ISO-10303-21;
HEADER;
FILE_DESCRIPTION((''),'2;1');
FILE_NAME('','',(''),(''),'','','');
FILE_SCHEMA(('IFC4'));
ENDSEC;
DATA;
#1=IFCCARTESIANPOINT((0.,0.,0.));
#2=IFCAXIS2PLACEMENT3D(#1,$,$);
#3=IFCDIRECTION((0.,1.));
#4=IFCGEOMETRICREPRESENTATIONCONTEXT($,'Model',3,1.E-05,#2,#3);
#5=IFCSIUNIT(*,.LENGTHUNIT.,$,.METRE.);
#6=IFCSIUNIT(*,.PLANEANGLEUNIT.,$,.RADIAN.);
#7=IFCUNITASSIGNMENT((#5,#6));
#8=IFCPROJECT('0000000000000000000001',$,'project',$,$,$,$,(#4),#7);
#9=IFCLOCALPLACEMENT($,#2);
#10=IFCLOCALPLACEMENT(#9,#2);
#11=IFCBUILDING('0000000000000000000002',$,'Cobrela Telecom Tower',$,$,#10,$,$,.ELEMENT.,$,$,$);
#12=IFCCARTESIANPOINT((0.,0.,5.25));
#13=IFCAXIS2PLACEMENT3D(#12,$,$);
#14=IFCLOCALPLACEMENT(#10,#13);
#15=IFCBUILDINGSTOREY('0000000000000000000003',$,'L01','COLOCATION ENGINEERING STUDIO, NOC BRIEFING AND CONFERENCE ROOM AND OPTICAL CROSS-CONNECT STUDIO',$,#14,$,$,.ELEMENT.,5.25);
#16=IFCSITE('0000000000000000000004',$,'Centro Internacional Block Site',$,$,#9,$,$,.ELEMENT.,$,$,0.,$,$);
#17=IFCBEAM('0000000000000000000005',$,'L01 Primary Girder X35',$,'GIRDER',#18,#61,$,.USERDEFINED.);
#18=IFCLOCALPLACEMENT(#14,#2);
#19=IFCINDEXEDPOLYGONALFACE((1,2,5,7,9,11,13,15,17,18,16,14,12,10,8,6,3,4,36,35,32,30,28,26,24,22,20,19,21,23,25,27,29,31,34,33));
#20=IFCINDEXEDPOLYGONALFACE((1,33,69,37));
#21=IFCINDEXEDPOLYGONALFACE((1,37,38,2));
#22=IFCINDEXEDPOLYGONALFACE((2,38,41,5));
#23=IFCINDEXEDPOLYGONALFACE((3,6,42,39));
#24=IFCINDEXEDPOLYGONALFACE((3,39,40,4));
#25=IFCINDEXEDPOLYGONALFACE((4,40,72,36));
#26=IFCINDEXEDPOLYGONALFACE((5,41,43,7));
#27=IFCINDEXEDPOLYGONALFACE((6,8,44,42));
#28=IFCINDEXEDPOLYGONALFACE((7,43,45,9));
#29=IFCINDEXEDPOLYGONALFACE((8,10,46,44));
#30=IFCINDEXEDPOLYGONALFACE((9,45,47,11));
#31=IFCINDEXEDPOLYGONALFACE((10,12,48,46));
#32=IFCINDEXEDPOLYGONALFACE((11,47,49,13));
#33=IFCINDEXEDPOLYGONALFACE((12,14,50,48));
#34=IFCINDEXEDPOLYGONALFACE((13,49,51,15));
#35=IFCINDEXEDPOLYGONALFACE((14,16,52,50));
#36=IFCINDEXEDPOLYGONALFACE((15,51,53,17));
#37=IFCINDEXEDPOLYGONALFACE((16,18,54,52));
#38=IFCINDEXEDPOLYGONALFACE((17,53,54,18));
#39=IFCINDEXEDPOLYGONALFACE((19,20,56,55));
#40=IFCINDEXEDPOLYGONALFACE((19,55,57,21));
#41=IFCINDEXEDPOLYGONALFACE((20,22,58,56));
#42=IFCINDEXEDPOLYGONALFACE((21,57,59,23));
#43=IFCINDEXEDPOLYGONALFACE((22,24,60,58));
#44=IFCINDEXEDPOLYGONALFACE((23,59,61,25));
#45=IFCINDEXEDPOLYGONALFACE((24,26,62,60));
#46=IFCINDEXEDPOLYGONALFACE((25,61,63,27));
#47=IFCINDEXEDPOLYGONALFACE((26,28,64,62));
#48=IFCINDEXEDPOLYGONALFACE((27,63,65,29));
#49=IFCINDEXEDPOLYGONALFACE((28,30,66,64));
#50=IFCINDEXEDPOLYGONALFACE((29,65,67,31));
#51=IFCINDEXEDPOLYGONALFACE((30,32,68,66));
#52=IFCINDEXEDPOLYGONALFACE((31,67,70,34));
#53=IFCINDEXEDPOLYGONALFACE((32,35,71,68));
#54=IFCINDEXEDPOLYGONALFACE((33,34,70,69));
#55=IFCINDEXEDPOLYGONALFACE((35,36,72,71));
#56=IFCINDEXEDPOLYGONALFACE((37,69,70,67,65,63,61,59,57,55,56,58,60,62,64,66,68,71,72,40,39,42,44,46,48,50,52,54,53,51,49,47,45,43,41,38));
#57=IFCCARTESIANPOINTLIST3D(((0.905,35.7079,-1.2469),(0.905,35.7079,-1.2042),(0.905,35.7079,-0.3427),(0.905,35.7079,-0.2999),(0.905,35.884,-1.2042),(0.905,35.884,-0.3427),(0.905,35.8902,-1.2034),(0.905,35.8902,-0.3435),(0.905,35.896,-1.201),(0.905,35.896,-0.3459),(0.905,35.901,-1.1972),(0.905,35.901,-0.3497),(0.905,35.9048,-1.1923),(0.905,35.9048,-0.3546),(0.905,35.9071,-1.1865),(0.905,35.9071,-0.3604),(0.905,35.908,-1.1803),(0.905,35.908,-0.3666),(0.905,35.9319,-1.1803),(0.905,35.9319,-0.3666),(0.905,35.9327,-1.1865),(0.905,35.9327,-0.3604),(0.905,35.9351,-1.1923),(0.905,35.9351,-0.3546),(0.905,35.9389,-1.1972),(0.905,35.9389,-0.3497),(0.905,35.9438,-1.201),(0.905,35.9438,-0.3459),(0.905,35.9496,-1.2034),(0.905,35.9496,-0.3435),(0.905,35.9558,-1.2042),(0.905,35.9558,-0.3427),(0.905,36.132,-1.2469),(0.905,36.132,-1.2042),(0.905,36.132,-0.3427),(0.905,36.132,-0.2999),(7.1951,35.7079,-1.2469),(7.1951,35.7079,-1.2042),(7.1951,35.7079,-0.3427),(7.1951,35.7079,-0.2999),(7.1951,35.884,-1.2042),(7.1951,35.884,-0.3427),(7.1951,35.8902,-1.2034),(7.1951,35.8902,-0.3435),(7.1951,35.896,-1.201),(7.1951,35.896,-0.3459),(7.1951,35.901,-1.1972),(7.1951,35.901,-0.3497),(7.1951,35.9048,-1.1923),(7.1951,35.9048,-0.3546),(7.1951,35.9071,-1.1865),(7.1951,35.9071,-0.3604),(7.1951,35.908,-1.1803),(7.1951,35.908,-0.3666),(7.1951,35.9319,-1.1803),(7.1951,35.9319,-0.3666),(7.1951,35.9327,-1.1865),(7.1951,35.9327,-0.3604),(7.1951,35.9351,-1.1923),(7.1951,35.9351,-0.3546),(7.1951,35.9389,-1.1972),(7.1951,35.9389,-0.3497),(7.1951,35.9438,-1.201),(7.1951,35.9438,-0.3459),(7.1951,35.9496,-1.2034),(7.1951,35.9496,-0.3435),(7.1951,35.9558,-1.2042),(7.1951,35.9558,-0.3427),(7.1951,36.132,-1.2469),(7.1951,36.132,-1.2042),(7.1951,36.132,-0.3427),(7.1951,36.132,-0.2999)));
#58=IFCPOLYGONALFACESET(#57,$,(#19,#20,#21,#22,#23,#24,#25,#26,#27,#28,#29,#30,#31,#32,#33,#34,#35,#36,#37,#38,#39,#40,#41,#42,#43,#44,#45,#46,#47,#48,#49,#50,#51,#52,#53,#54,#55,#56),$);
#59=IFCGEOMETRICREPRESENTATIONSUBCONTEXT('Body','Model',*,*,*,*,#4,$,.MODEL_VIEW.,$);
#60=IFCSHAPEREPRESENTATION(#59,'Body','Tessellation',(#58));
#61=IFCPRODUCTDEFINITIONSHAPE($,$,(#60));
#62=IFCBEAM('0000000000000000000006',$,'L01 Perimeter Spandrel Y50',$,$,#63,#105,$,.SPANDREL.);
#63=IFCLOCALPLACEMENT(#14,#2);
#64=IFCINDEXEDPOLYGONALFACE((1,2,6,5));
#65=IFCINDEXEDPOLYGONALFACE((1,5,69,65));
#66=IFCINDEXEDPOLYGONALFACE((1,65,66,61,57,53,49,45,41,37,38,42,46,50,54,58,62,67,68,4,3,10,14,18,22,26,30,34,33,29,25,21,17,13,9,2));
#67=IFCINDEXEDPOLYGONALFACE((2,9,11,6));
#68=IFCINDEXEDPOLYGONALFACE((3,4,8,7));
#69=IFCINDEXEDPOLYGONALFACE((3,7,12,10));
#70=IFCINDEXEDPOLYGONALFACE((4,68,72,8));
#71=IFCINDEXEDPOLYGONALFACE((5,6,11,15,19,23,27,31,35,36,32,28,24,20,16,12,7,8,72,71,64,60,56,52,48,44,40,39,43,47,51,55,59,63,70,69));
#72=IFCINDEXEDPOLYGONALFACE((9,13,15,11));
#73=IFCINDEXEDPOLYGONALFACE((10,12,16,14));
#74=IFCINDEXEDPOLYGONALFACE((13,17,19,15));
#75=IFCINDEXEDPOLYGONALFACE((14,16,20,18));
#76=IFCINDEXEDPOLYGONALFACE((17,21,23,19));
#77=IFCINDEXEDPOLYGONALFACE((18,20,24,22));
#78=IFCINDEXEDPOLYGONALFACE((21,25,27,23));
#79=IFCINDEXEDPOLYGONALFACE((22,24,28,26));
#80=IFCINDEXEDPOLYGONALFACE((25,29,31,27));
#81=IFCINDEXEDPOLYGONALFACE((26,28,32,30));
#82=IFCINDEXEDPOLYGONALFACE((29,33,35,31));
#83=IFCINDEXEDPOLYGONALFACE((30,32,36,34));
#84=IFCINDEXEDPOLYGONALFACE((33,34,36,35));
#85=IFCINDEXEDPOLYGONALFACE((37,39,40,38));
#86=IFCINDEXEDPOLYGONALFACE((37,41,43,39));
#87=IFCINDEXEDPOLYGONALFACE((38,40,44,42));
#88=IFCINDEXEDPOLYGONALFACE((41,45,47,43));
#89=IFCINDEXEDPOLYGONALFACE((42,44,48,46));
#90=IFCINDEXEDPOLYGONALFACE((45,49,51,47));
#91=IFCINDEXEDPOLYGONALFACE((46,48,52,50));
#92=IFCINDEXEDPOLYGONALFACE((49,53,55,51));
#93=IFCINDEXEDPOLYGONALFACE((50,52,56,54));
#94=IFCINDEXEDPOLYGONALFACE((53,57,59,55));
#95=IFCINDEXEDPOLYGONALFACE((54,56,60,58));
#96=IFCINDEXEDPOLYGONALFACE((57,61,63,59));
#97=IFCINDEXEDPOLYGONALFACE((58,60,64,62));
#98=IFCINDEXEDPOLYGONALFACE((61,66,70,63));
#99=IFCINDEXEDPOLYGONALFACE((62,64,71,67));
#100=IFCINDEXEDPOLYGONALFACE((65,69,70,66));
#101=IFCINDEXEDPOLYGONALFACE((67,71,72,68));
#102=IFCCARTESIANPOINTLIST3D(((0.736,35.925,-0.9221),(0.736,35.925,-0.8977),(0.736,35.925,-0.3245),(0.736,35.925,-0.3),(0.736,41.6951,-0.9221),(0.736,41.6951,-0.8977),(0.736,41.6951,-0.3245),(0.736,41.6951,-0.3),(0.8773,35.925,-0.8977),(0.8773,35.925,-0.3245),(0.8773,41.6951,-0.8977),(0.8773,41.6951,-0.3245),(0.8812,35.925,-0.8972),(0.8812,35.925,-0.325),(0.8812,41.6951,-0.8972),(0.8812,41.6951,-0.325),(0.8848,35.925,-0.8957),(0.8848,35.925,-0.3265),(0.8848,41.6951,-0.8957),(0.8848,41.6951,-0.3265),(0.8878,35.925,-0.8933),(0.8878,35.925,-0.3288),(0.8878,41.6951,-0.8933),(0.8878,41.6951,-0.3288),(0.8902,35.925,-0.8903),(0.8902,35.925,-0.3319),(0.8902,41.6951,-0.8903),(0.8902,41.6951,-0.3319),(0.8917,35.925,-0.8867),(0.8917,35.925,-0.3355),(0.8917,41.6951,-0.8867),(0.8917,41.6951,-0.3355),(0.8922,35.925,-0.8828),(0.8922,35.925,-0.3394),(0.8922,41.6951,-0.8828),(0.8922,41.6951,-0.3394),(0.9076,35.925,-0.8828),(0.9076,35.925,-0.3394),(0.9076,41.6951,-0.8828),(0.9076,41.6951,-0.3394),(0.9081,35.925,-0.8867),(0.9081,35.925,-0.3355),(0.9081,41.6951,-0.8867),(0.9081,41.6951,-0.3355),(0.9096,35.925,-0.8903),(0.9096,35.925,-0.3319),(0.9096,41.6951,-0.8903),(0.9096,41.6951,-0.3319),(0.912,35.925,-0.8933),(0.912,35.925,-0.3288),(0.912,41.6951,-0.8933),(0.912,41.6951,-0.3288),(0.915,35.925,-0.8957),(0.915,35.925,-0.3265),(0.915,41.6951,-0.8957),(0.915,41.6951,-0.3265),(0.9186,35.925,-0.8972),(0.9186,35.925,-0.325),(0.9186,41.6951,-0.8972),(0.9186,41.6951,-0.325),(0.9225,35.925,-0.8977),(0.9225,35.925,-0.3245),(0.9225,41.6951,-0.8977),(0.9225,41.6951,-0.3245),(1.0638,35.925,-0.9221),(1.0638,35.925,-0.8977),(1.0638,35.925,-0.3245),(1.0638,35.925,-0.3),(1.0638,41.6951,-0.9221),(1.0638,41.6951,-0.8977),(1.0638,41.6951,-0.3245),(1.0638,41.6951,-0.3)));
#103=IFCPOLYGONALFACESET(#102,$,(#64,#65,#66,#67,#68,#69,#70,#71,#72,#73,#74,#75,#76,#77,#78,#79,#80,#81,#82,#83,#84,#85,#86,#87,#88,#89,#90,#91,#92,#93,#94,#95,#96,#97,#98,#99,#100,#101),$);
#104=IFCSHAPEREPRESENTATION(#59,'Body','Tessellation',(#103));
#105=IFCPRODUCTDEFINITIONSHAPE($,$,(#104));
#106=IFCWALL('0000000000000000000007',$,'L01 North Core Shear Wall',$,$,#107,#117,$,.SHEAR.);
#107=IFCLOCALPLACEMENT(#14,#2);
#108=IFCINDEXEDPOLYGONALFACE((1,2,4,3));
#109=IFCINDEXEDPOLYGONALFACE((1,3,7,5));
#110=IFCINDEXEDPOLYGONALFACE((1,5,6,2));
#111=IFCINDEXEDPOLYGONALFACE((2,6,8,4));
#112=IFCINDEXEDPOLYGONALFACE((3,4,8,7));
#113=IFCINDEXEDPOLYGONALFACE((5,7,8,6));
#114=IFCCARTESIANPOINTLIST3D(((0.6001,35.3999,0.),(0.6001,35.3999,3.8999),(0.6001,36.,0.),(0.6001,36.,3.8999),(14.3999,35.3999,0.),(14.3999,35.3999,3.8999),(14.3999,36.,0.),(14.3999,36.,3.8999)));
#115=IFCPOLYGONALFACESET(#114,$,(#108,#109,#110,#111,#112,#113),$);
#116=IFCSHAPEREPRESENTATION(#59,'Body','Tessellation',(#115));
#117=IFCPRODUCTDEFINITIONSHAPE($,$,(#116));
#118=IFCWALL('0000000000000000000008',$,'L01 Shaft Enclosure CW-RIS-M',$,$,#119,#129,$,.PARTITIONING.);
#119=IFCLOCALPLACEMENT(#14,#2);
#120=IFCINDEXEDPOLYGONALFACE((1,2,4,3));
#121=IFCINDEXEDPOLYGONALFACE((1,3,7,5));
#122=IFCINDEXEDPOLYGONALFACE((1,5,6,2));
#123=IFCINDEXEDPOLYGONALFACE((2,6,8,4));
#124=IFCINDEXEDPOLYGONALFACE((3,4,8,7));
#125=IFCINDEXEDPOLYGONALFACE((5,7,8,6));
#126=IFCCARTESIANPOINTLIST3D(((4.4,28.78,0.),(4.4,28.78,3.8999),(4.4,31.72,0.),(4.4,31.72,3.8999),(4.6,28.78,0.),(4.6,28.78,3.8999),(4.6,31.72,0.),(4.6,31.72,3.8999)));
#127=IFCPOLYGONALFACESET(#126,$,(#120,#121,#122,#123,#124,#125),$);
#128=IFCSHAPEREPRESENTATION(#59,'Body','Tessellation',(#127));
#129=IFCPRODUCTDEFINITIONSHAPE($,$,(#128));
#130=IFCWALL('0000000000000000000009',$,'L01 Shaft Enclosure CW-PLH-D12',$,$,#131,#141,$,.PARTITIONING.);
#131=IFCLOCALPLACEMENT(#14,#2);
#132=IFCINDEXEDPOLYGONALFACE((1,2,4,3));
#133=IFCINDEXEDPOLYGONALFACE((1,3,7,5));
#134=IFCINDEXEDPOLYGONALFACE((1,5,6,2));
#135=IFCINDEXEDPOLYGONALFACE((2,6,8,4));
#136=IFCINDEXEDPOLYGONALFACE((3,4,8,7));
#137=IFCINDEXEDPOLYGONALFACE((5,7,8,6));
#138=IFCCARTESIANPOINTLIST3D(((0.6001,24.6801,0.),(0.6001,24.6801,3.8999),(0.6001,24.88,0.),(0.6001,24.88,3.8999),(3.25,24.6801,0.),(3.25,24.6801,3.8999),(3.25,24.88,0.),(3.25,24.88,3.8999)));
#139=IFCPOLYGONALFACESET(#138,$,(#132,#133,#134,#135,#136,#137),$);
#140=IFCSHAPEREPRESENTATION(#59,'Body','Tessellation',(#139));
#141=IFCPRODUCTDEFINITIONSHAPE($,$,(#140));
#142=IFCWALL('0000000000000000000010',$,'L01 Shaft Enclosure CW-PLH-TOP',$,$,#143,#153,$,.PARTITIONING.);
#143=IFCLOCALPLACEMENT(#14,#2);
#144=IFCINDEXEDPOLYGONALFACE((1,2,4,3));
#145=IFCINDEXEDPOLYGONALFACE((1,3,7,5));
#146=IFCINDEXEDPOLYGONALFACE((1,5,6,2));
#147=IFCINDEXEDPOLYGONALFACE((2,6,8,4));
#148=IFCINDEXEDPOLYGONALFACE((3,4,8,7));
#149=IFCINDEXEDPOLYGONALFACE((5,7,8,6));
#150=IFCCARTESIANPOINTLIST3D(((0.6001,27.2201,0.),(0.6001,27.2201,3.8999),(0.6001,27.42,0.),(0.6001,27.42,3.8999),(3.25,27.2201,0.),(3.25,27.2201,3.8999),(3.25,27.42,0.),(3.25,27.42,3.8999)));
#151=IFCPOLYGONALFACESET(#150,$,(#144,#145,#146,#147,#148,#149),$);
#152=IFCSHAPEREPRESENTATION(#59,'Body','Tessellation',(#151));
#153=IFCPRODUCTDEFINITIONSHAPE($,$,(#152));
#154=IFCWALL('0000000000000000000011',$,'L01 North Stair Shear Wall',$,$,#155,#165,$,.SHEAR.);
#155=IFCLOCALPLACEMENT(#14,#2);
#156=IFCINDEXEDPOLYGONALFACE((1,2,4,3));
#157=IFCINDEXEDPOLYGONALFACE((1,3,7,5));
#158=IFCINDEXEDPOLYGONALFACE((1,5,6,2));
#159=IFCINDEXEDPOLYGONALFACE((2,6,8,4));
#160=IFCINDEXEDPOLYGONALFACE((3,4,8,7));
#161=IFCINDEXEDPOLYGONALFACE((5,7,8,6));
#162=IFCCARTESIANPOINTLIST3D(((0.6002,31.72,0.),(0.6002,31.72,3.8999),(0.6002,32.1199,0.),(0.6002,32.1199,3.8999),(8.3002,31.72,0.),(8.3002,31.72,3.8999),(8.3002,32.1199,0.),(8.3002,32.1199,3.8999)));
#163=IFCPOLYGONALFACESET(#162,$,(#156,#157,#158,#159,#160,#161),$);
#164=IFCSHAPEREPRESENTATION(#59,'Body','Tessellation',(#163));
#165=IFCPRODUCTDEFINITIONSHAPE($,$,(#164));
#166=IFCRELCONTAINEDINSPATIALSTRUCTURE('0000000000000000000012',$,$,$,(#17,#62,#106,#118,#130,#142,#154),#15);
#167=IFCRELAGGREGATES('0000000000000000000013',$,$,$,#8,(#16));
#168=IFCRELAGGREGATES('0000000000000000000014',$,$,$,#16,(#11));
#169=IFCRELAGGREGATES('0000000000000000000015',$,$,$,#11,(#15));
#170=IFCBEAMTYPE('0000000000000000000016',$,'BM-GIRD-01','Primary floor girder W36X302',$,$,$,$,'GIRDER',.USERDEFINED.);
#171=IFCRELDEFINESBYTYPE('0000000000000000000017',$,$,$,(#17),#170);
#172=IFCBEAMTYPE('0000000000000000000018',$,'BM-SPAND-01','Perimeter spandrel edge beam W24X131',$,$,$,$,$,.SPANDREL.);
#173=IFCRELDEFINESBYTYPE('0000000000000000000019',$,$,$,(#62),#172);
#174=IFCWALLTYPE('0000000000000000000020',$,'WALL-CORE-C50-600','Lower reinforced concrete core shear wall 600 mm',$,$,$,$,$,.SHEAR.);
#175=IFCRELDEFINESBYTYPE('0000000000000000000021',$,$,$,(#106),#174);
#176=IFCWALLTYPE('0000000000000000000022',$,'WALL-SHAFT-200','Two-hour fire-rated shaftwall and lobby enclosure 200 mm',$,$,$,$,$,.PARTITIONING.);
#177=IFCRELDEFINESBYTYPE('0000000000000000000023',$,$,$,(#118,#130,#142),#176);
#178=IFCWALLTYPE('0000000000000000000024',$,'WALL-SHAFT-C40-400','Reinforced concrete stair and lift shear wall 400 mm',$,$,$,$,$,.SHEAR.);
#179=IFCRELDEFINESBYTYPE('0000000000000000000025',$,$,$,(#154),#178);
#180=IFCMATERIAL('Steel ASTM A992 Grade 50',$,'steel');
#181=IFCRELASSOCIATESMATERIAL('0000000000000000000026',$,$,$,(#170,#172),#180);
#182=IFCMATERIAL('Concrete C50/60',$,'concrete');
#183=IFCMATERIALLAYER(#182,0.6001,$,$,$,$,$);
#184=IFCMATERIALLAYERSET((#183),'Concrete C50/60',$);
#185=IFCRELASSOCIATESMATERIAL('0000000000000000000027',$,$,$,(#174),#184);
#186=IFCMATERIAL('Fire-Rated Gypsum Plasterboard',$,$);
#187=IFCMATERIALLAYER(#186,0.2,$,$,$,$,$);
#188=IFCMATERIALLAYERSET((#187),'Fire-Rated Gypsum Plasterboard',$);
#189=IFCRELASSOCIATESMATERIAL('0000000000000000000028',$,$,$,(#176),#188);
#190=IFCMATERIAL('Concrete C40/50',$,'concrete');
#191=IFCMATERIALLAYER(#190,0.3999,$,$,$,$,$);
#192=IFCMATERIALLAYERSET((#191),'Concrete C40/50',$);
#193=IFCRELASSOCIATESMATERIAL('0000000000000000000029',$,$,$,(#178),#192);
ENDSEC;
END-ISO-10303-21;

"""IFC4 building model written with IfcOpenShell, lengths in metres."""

from ifc_helpers import new_model, si_unit, direction, frame, frame_2d, origin, origin_2d, place, context, subcontext, project, spatial, rectangle, i_section, extrude, material, layer, layer_set, material_profile, profile_set, type_object, element, save


model = new_model("IFC4")

# Units and contexts
model_context = context("Model", 3, precision=1e-05, world=origin(), true_north=direction((0.0, 1.0)))
body_context = subcontext(model_context, "Body", "Model", "MODEL_VIEW")
ifc_project = project(units=[si_unit("LENGTHUNIT", "METRE"), si_unit("PLANEANGLEUNIT", "RADIAN")], contexts=[model_context])

# Site, building, storey
site_placement = place(None, origin())
site = spatial("IfcSite", under=ifc_project, at=site_placement, Name="Centro Internacional Block Site", CompositionType="ELEMENT", RefElevation=0.0)
building_placement = place(site_placement, origin())
building = spatial("IfcBuilding", under=site, at=building_placement, Name="Cobrela Telecom Tower", CompositionType="ELEMENT")
storey_placement = place(building_placement, frame((0.0, 0.0, 5.25)))
storey = spatial("IfcBuildingStorey", under=building, at=storey_placement, Name="L01", Description="COLOCATION ENGINEERING STUDIO, NOC BRIEFING AND CONFERENCE ROOM AND OPTICAL CROSS-CONNECT STUDIO", CompositionType="ELEMENT", Elevation=5.25)

# Beams
ifc_material_1 = material(Name="Steel ASTM A992 Grade 50", Category="steel")
ifc_material_profile_1 = material_profile(ifc_material_1, i_section(OverallWidth=0.4241, OverallDepth=0.947, WebThickness=0.0239, FlangeThickness=0.0427, FilletRadius=0.0239, at=origin_2d()), Name="W36X302")
ifc_profile_set_1 = profile_set([ifc_material_profile_1], Name="Steel ASTM A992 Grade 50")
beam_type_1 = type_object("IfcBeamType", Name="BM-GIRD-01", Description="Primary floor girder W36X302", ElementType="GIRDER", PredefinedType="USERDEFINED", material=ifc_profile_set_1)
beam_1_placement = place(storey_placement, frame((0.905, 35.9199, -0.7734), z_axis=(1.0, 0.0, 0.0), x_axis=(0.0, 1.0, 0.0)))
element("IfcBeam", 1, at=beam_1_placement, inside=storey, type_object=beam_type_1, Name="L01 Primary Girder X35", ObjectType="GIRDER", PredefinedType="USERDEFINED", context=body_context, shape_type="SweptSolid", body=[
    extrude(i_section(OverallWidth=0.4241, OverallDepth=0.947, WebThickness=0.0239, FlangeThickness=0.0427, FilletRadius=0.0239, at=origin_2d()), origin(), (0.0, 0.0, 1.0), 6.29),
])
ifc_material_profile_2 = material_profile(ifc_material_1, i_section(OverallWidth=0.3279, OverallDepth=0.6221, WebThickness=0.0154, FlangeThickness=0.0244, FilletRadius=0.0149, at=origin_2d()), Name="W24X131")
ifc_profile_set_2 = profile_set([ifc_material_profile_2], Name="Steel ASTM A992 Grade 50")
beam_type_2 = type_object("IfcBeamType", Name="BM-SPAND-01", Description="Perimeter spandrel edge beam W24X131", PredefinedType="SPANDREL", material=ifc_profile_set_2)
beam_2_placement = place(storey_placement, frame((0.8999, 35.925, -0.6111), z_axis=(0.0, 1.0, 0.0), x_axis=(-1.0, 0.0, 0.0)))
element("IfcBeam", 2, at=beam_2_placement, inside=storey, type_object=beam_type_2, Name="L01 Perimeter Spandrel Y50", PredefinedType="SPANDREL", context=body_context, shape_type="SweptSolid", body=[
    extrude(i_section(OverallWidth=0.3279, OverallDepth=0.6221, WebThickness=0.0154, FlangeThickness=0.0244, FilletRadius=0.0149, at=origin_2d()), origin(), (0.0, 0.0, 1.0), 5.77),
])

# Wall
ifc_material_2 = material(Name="Concrete C50/60", Category="concrete")
ifc_layer_1 = layer(ifc_material_2, 0.6001)
ifc_layer_set_1 = layer_set([ifc_layer_1], Name="Concrete C50/60")
wall_type_1 = type_object("IfcWallType", Name="WALL-CORE-C50-600", Description="Lower reinforced concrete core shear wall 600 mm", PredefinedType="SHEAR", material=ifc_layer_set_1)
wall_1_placement = place(storey_placement, frame((0.6001, 35.7, 0.0), z_axis=(0.0, 0.0, 1.0), x_axis=(1.0, 0.0, 0.0)))
element("IfcWall", 3, at=wall_1_placement, inside=storey, type_object=wall_type_1, Name="L01 North Core Shear Wall", PredefinedType="SHEAR", context=body_context, shape_type="SweptSolid", body=[
    extrude(rectangle(XDim=13.7998, YDim=0.6001, at=frame_2d((6.8999, 0.0))), origin(), (0.0, 0.0, 1.0), 3.8999),
])

# Shared definitions
ifc_material_3 = material(Name="Fire-Rated Gypsum Plasterboard")
ifc_layer_2 = layer(ifc_material_3, 0.2)
ifc_layer_set_2 = layer_set([ifc_layer_2], Name="Fire-Rated Gypsum Plasterboard")
wall_type_2 = type_object("IfcWallType", Name="WALL-SHAFT-200", Description="Two-hour fire-rated shaftwall and lobby enclosure 200 mm", PredefinedType="PARTITIONING", material=ifc_layer_set_2)

# Walls
wall_2_placement = place(storey_placement, frame((4.5, 28.78, 0.0), z_axis=(0.0, 0.0, 1.0), x_axis=(0.0, 1.0, 0.0)))
element("IfcWall", 4, at=wall_2_placement, inside=storey, type_object=wall_type_2, Name="L01 Shaft Enclosure CW-RIS-M", PredefinedType="PARTITIONING", context=body_context, shape_type="SweptSolid", body=[
    extrude(rectangle(XDim=2.9399, YDim=0.2, at=frame_2d((1.47, 0.0))), origin(), (0.0, 0.0, 1.0), 3.8999),
])
for number, where, z_axis, x_axis, name in (
    (5, (0.6001, 24.78, 0.0), (0.0, 0.0, 1.0), (1.0, 0.0, 0.0), "L01 Shaft Enclosure CW-PLH-D12"),
    (6, (0.6001, 27.3201, 0.0), (0.0, 0.0, 1.0), (1.0, 0.0, 0.0), "L01 Shaft Enclosure CW-PLH-TOP"),
):
    element("IfcWall", number, at=place(storey_placement, frame(where, z_axis=z_axis, x_axis=x_axis)), inside=storey, type_object=wall_type_2, Name=name, PredefinedType="PARTITIONING", context=body_context, shape_type="SweptSolid", body=[
        extrude(rectangle(XDim=2.6499, YDim=0.2, at=frame_2d((1.325, 0.0))), origin(), (0.0, 0.0, 1.0), 3.8999),
    ])
ifc_material_4 = material(Name="Concrete C40/50", Category="concrete")
ifc_layer_3 = layer(ifc_material_4, 0.3999)
ifc_layer_set_3 = layer_set([ifc_layer_3], Name="Concrete C40/50")
wall_type_3 = type_object("IfcWallType", Name="WALL-SHAFT-C40-400", Description="Reinforced concrete stair and lift shear wall 400 mm", PredefinedType="SHEAR", material=ifc_layer_set_3)
wall_3_placement = place(storey_placement, frame((0.6001, 31.9199, 0.0), z_axis=(0.0, 0.0, 1.0), x_axis=(1.0, 0.0, 0.0)))
element("IfcWall", 7, at=wall_3_placement, inside=storey, type_object=wall_type_3, Name="L01 North Stair Shear Wall", PredefinedType="SHEAR", context=body_context, shape_type="SweptSolid", body=[
    extrude(rectangle(XDim=7.7, YDim=0.3999, at=frame_2d((3.8501, 0.0))), origin(), (0.0, 0.0, 1.0), 3.8999),
])

save(model, "model.ifc")
